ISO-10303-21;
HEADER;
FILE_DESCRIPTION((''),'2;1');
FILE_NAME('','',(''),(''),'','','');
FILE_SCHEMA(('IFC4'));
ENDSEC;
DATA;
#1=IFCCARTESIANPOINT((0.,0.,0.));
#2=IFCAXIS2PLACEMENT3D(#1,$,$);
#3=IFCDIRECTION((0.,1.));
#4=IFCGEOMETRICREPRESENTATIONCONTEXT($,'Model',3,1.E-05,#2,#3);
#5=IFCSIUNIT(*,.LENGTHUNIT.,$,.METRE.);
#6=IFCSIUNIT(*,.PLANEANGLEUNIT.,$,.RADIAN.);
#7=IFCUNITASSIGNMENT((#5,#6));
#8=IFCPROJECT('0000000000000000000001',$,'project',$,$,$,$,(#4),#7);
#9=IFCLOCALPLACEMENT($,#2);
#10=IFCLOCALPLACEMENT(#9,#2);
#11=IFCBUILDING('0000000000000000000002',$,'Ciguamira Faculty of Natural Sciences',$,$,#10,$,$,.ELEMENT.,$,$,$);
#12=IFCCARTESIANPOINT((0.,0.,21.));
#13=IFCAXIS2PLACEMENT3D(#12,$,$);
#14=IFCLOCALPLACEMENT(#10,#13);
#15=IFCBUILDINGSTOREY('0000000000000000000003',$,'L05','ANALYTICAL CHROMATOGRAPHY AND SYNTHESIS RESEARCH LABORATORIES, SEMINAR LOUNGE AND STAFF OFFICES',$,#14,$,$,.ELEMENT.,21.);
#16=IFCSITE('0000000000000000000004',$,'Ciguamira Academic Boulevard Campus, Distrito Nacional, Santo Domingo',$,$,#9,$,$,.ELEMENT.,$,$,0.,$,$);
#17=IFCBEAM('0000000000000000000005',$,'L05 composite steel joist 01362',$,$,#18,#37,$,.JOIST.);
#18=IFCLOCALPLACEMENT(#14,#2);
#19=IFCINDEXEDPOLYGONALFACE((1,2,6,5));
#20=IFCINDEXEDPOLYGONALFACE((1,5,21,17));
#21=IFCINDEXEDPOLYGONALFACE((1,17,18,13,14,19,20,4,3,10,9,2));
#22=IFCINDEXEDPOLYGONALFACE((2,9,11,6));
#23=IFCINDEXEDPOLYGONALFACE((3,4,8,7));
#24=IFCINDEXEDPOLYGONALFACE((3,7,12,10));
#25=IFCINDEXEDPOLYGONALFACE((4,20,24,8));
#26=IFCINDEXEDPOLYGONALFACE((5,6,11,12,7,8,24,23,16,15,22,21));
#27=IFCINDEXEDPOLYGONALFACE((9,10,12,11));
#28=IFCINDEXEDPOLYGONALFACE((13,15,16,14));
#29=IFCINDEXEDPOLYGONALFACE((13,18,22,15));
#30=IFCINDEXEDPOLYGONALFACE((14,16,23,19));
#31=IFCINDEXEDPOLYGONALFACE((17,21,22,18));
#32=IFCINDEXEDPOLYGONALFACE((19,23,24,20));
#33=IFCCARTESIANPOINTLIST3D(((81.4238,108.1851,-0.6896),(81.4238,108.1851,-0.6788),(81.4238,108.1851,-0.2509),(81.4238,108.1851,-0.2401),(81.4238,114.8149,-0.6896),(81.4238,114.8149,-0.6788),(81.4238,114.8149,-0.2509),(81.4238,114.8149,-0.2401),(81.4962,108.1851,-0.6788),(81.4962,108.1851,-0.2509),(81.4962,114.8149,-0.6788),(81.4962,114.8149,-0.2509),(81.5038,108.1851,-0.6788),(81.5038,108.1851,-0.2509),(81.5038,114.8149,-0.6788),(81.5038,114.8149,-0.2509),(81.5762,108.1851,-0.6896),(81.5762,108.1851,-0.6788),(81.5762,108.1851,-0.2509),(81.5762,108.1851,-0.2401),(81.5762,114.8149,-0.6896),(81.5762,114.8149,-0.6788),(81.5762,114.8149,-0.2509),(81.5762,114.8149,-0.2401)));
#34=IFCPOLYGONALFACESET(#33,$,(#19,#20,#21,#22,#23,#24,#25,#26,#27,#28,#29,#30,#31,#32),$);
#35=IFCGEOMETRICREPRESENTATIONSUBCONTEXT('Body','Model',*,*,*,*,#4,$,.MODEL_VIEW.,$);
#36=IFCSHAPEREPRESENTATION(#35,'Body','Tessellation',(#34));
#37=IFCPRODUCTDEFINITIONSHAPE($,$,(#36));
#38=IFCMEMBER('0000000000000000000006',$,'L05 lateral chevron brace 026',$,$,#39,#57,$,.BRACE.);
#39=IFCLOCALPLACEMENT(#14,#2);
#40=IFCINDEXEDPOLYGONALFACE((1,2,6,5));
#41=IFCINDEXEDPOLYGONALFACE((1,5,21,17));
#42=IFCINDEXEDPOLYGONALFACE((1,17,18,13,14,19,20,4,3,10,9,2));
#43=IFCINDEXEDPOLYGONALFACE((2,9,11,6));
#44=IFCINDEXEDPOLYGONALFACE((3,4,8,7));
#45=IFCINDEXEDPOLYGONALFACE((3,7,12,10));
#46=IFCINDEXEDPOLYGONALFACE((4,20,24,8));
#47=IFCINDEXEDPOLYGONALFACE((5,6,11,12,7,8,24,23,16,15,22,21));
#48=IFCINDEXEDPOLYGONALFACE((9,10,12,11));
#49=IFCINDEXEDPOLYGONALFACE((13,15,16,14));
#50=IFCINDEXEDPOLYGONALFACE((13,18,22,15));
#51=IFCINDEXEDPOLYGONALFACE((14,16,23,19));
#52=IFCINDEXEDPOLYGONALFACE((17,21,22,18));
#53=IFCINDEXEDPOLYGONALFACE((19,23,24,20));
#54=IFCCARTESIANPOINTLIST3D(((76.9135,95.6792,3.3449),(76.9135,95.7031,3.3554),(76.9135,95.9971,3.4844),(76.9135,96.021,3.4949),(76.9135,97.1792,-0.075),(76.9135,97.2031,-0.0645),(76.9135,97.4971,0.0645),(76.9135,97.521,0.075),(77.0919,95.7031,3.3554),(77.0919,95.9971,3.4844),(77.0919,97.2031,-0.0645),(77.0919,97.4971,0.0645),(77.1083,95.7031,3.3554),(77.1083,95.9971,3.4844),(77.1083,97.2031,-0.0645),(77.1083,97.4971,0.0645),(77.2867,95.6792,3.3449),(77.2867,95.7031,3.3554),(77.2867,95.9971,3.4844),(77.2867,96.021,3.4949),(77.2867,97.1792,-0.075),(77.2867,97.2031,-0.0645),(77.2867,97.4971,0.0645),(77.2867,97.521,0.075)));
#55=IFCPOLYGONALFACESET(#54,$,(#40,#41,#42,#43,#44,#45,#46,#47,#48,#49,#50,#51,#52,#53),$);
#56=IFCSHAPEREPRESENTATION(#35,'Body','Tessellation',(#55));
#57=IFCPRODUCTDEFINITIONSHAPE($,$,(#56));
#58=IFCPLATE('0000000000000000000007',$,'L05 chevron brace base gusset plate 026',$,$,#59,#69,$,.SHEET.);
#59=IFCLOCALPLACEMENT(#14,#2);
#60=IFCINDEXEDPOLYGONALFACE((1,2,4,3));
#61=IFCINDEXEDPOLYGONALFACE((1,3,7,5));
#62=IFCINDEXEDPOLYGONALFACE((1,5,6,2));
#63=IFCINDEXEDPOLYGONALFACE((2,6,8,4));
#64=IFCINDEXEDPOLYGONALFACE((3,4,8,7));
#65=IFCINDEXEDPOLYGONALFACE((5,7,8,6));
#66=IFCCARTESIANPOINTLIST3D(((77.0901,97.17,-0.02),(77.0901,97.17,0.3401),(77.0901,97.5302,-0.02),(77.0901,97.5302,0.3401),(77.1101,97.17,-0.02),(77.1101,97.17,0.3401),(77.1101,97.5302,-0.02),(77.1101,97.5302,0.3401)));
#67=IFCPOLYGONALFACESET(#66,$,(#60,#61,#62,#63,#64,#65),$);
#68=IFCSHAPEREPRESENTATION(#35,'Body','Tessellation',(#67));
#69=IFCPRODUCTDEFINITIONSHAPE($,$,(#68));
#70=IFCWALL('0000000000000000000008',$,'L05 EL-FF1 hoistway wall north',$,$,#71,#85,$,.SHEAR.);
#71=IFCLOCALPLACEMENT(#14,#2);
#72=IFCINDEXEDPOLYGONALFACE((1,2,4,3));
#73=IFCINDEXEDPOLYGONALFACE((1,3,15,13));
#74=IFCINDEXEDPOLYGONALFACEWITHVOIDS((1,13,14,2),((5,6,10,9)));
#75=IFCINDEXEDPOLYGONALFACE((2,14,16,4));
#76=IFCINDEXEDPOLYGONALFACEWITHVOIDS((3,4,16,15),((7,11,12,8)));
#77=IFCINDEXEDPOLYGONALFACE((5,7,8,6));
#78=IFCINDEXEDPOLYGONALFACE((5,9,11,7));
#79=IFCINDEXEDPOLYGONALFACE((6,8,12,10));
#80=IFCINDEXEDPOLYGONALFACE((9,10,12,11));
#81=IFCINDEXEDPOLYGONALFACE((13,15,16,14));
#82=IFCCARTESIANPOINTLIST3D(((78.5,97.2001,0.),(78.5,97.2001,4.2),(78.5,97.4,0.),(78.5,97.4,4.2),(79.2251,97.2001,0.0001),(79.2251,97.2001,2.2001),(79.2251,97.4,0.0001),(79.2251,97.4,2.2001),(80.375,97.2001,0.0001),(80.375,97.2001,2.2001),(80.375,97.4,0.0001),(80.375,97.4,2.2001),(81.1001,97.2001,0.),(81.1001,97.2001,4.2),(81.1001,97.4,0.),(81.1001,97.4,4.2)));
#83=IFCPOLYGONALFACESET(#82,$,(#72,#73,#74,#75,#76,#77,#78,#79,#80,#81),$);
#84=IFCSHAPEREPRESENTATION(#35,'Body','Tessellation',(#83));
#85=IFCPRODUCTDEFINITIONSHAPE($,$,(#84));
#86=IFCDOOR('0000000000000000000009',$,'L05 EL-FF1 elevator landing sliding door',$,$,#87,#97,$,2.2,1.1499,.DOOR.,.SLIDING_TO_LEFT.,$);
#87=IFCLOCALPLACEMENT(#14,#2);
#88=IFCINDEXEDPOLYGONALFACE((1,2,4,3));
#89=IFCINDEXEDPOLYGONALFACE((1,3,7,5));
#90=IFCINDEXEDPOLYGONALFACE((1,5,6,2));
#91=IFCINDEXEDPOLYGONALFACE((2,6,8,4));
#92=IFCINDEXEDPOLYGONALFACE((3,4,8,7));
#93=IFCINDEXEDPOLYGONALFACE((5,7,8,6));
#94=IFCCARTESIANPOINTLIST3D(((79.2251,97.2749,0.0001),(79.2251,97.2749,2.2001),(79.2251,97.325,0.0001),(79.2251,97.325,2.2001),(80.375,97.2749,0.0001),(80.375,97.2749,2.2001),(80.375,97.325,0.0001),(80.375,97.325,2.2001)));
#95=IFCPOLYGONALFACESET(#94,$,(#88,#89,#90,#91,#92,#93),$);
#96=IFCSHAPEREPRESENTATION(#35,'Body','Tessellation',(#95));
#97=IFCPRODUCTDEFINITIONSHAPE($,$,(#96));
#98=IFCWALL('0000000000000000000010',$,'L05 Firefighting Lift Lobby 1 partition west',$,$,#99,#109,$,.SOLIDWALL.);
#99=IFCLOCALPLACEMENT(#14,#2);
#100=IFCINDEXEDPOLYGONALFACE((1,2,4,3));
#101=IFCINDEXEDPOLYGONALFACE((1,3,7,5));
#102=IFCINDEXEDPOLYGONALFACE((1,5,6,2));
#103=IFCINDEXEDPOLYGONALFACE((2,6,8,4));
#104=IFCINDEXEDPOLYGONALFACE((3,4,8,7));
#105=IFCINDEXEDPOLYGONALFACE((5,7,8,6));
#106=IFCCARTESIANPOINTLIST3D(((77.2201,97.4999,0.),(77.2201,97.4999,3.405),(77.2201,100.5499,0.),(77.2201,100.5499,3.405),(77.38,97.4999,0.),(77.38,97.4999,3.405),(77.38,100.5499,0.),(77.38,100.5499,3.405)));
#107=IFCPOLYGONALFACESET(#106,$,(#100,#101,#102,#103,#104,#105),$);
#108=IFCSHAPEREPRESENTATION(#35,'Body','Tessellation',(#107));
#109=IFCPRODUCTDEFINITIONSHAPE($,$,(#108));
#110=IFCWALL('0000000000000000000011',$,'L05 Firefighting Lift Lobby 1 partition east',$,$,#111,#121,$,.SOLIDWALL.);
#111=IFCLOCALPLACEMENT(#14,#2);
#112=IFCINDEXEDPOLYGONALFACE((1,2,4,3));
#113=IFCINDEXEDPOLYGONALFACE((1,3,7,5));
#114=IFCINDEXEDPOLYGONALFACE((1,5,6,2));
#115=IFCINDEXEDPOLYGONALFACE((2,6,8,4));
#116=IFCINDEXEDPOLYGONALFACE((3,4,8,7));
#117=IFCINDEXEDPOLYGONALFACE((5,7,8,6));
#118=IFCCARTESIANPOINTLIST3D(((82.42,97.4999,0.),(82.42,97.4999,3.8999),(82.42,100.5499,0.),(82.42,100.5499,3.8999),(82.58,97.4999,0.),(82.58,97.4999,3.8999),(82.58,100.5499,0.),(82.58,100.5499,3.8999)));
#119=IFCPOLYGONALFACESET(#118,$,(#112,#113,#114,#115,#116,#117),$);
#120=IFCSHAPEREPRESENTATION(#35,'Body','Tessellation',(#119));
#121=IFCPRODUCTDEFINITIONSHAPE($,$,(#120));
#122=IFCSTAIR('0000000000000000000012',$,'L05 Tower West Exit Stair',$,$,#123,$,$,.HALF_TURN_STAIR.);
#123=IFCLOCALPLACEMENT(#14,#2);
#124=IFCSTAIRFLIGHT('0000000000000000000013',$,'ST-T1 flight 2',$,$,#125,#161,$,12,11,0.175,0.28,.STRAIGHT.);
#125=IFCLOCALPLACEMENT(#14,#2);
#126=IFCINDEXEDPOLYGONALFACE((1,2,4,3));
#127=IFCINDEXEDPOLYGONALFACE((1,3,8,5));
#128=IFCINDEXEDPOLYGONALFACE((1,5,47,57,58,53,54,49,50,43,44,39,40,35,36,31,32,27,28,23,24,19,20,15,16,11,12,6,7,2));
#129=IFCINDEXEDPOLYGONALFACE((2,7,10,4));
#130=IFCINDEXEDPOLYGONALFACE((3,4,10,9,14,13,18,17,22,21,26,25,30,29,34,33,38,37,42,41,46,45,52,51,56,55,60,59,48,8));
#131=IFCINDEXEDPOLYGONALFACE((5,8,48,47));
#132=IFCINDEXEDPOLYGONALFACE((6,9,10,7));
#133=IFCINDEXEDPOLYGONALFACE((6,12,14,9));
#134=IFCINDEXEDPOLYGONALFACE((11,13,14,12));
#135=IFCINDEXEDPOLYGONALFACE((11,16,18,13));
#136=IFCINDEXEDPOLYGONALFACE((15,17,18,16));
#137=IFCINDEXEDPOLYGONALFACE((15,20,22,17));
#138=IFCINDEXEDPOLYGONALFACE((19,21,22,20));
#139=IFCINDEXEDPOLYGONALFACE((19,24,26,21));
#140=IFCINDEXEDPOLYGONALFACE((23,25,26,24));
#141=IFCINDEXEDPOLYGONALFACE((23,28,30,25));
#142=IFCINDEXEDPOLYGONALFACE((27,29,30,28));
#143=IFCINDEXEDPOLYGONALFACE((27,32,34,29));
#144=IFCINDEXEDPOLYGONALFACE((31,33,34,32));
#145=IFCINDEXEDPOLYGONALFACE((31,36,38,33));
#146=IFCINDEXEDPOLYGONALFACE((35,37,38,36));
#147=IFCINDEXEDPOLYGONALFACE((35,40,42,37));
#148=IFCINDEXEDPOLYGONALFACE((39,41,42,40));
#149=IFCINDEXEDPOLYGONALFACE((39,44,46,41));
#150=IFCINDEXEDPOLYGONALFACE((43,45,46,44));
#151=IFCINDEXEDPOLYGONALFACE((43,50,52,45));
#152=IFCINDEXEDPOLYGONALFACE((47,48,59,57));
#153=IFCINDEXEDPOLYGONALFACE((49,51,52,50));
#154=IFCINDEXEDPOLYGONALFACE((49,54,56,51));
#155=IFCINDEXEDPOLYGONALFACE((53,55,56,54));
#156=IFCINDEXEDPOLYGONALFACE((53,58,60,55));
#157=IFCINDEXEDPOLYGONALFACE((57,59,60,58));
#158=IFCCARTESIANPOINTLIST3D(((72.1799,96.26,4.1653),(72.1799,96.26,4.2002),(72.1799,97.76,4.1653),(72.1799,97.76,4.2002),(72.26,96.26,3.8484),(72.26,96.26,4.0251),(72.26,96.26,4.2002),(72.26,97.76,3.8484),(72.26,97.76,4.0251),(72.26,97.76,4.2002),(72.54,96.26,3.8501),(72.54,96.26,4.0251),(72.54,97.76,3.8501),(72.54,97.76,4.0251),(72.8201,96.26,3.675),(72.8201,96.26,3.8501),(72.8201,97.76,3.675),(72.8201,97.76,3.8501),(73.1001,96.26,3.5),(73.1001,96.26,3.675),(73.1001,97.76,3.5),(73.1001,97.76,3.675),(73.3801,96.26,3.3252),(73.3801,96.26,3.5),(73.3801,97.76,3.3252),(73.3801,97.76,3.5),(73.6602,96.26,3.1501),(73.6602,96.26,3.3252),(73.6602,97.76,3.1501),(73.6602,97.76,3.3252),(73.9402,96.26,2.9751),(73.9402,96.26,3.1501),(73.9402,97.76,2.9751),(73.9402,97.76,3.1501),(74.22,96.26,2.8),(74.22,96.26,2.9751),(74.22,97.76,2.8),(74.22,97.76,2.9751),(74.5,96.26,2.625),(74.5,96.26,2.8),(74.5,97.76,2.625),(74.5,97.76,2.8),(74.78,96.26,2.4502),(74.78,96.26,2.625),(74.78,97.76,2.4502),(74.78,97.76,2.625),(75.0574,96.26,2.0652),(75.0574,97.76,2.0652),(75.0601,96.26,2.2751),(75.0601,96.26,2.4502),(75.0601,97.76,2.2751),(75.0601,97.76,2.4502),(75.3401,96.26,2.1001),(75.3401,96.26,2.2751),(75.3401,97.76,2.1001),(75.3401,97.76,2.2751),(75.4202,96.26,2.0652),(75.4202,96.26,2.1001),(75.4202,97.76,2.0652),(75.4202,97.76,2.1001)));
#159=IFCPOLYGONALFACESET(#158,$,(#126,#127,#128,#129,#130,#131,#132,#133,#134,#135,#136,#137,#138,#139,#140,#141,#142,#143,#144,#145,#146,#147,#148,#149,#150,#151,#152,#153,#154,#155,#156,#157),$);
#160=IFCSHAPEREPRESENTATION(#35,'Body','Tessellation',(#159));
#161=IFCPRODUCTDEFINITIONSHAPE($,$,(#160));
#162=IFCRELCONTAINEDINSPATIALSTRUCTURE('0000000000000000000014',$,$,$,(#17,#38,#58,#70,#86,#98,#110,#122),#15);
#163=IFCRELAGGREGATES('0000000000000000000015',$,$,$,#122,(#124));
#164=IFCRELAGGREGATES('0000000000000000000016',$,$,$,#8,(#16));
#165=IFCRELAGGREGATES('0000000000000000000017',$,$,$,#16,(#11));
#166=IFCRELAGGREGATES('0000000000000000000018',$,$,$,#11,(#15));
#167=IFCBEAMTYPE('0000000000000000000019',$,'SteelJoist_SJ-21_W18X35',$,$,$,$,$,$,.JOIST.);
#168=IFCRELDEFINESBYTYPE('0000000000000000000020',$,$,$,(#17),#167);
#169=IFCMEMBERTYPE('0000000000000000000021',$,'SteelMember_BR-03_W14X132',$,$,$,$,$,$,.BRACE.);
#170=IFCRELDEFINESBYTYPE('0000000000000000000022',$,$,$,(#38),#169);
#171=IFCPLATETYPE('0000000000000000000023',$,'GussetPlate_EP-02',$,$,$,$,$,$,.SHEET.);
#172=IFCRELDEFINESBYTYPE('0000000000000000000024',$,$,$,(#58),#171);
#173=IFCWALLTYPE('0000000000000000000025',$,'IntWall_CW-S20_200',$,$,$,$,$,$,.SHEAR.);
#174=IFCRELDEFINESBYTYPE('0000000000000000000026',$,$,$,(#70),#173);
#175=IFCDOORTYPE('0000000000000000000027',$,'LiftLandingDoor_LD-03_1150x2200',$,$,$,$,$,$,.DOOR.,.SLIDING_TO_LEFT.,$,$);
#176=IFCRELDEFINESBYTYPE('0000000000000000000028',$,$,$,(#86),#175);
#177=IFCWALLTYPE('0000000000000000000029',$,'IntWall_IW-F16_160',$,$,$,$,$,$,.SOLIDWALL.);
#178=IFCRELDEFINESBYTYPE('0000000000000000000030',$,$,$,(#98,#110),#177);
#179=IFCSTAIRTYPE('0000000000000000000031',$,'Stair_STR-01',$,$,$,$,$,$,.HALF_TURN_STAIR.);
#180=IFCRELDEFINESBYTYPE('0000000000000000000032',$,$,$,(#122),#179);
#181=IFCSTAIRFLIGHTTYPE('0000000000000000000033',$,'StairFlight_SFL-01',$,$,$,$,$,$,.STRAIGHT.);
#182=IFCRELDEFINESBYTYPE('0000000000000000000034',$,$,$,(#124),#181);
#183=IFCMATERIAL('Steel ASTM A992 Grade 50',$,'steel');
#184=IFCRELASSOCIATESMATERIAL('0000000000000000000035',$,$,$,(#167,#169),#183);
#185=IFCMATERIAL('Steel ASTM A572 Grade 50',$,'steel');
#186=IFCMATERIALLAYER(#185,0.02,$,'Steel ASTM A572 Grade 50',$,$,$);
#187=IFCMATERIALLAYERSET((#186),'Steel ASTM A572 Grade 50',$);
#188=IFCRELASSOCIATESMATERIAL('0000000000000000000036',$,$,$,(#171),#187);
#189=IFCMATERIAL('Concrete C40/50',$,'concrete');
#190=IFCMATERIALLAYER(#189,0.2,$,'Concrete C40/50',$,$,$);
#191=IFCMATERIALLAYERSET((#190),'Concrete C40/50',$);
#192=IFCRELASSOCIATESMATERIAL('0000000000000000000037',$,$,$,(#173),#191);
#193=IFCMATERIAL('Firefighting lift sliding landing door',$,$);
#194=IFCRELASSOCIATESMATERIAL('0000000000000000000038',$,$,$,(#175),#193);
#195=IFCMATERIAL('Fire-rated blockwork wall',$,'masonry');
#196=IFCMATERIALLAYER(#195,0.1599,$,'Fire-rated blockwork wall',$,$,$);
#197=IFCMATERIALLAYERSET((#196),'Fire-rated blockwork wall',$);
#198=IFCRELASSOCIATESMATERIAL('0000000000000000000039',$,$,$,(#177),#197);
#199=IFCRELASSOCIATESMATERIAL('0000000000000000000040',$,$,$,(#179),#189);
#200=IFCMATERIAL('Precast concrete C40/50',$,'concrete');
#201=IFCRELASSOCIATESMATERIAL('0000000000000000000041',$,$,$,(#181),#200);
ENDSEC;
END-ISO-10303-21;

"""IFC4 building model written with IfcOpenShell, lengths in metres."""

from ifc_helpers import new_model, si_unit, direction, frame, frame_2d, origin, origin_2d, place, context, subcontext, project, spatial, polyline, rectangle, i_section, outline, extrude, material, layer, layer_set, material_profile, profile_set, type_object, element, fill, aggregate, save


model = new_model("IFC4")

# Units and contexts
model_context = context("Model", 3, precision=1e-05, world=origin(), true_north=direction((0.0, 1.0)))
body_context = subcontext(model_context, "Body", "Model", "MODEL_VIEW")
ifc_project = project(units=[si_unit("LENGTHUNIT", "METRE"), si_unit("PLANEANGLEUNIT", "RADIAN")], contexts=[model_context])

# Site, building, storey
site_placement = place(None, origin())
site = spatial("IfcSite", under=ifc_project, at=site_placement, Name="Ciguamira Academic Boulevard Campus, Distrito Nacional, Santo Domingo", CompositionType="ELEMENT", RefElevation=0.0)
building_placement = place(site_placement, origin())
building = spatial("IfcBuilding", under=site, at=building_placement, Name="Ciguamira Faculty of Natural Sciences", CompositionType="ELEMENT")
storey_placement = place(building_placement, frame((0.0, 0.0, 21.0)))
storey = spatial("IfcBuildingStorey", under=building, at=storey_placement, Name="L05", Description="ANALYTICAL CHROMATOGRAPHY AND SYNTHESIS RESEARCH LABORATORIES, SEMINAR LOUNGE AND STAFF OFFICES", CompositionType="ELEMENT", Elevation=21.0)

# Shared definitions
ifc_material_1 = material(Name="Concrete C40/50", Category="concrete")

# Beam
ifc_material_2 = material(Name="Steel ASTM A992 Grade 50", Category="steel")
ifc_material_profile_1 = material_profile(ifc_material_2, i_section(OverallWidth=0.1523, OverallDepth=0.4495, WebThickness=0.0076, FlangeThickness=0.0107, at=origin_2d()), Name="W18X35")
ifc_profile_set_1 = profile_set([ifc_material_profile_1], Name="Steel ASTM A992 Grade 50")
beam_type_1 = type_object("IfcBeamType", Name="SteelJoist_SJ-21_W18X35", PredefinedType="JOIST", material=ifc_profile_set_1)
beam_1_placement = place(storey_placement, frame((81.5, 108.1851, -0.4648), z_axis=(0.0, 1.0, 0.0), x_axis=(-1.0, 0.0, 0.0)))
element("IfcBeam", 1, at=beam_1_placement, inside=storey, type_object=beam_type_1, Name="L05 composite steel joist 01362", PredefinedType="JOIST", context=body_context, shape_type="SweptSolid", body=[
    extrude(i_section(OverallWidth=0.1523, OverallDepth=0.4495, WebThickness=0.0076, FlangeThickness=0.0107, at=origin_2d()), origin(), (0.0, 0.0, 1.0), 6.6299),
])

# Member
ifc_material_profile_2 = material_profile(ifc_material_2, i_section(OverallWidth=0.3733, OverallDepth=0.3733, WebThickness=0.0164, FlangeThickness=0.0261, at=origin_2d()), Name="W14X132")
ifc_profile_set_2 = profile_set([ifc_material_profile_2], Name="Steel ASTM A992 Grade 50")
member_type = type_object("IfcMemberType", Name="SteelMember_BR-03_W14X132", PredefinedType="BRACE", material=ifc_profile_set_2)
member_placement = place(storey_placement, frame((77.1001, 97.3501, 0.0), z_axis=(0.0, -0.401669, 0.915785), x_axis=(1.0, 0.0, 0.0)))
element("IfcMember", 2, at=member_placement, inside=storey, type_object=member_type, Name="L05 lateral chevron brace 026", PredefinedType="BRACE", context=body_context, shape_type="SweptSolid", body=[
    extrude(i_section(OverallWidth=0.3733, OverallDepth=0.3733, WebThickness=0.0164, FlangeThickness=0.0261, at=origin_2d()), origin(), (0.0, 0.0, 1.0), 3.7344),
])

# Plate
ifc_material_3 = material(Name="Steel ASTM A572 Grade 50", Category="steel")
ifc_layer_1 = layer(ifc_material_3, 0.02, Name="Steel ASTM A572 Grade 50")
ifc_layer_set_1 = layer_set([ifc_layer_1], Name="Steel ASTM A572 Grade 50")
plate_type = type_object("IfcPlateType", Name="GussetPlate_EP-02", PredefinedType="SHEET", material=ifc_layer_set_1)
plate_placement = place(storey_placement, frame((77.1001, 97.3501, -0.02), z_axis=(0.0, 0.0, 1.0), x_axis=(1.0, 0.0, 0.0)))
element("IfcPlate", 3, at=plate_placement, inside=storey, type_object=plate_type, Name="L05 chevron brace base gusset plate 026", PredefinedType="SHEET", context=body_context, shape_type="SweptSolid", body=[
    extrude(rectangle(XDim=0.02, YDim=0.3601, at=origin_2d()), origin(), (0.0, 0.0, 1.0), 0.3601),
])

# Wall, opening, door
ifc_layer_2 = layer(ifc_material_1, 0.2, Name="Concrete C40/50")
ifc_layer_set_2 = layer_set([ifc_layer_2], Name="Concrete C40/50")
wall_type_1 = type_object("IfcWallType", Name="IntWall_CW-S20_200", PredefinedType="SHEAR", material=ifc_layer_set_2)
wall_1_placement = place(storey_placement, frame((78.5, 97.3, 0.0), z_axis=(0.0, 0.0, 1.0), x_axis=(1.0, 0.0, 0.0)))
wall_1 = element("IfcWall", 4, at=wall_1_placement, inside=storey, type_object=wall_type_1, Name="L05 EL-FF1 hoistway wall north", PredefinedType="SHEAR", context=body_context, shape_type="SweptSolid", body=[
    extrude(rectangle(XDim=2.6001, YDim=0.2, at=frame_2d((1.3, 0.0))), origin(), (0.0, 0.0, 1.0), 4.2),
])
opening_1_placement = place(wall_1_placement, frame((0.7251, 0.0, 0.0)))
opening_1 = element("IfcOpeningElement", 5, at=opening_1_placement, cuts=wall_1, PredefinedType="OPENING", context=body_context, shape_type="SweptSolid", body=[
    extrude(rectangle(XDim=1.1499, YDim=2.2, at=frame_2d((0.575, 1.1001))), frame((0.0, 0.1099, 0.0), z_axis=(0.0, -1.0, 0.0), x_axis=(1.0, 0.0, 0.0)), (0.0, 0.0, 1.0), 0.22),
])
ifc_material_4 = material(Name="Firefighting lift sliding landing door")
door_type_1 = type_object("IfcDoorType", Name="LiftLandingDoor_LD-03_1150x2200", OperationType="SLIDING_TO_LEFT", PredefinedType="DOOR", material=ifc_material_4)
door_1_placement = place(opening_1_placement, origin())
door_1 = element("IfcDoor", 6, at=door_1_placement, inside=storey, type_object=door_type_1, Name="L05 EL-FF1 elevator landing sliding door", OperationType="SLIDING_TO_LEFT", OverallHeight=2.2, OverallWidth=1.1499, PredefinedType="DOOR", context=body_context, shape_type="SweptSolid", body=[
    extrude(rectangle(XDim=1.1499, YDim=2.2, at=frame_2d((0.575, 1.1001))), frame((0.0, 0.0249, 0.0), z_axis=(0.0, -1.0, 0.0), x_axis=(1.0, 0.0, 0.0)), (0.0, 0.0, 1.0), 0.05),
])
fill(opening_1, door_1)
ifc_material_5 = material(Name="Fire-rated blockwork wall", Category="masonry")
ifc_layer_3 = layer(ifc_material_5, 0.1599, Name="Fire-rated blockwork wall")
ifc_layer_set_3 = layer_set([ifc_layer_3], Name="Fire-rated blockwork wall")
wall_type_2 = type_object("IfcWallType", Name="IntWall_IW-F16_160", PredefinedType="SOLIDWALL", material=ifc_layer_set_3)

# Walls
wall_2_placement = place(storey_placement, frame((77.3, 97.5, 0.0), z_axis=(0.0, 0.0, 1.0), x_axis=(0.0, 1.0, 0.0)))
element("IfcWall", 7, at=wall_2_placement, inside=storey, type_object=wall_type_2, Name="L05 Firefighting Lift Lobby 1 partition west", PredefinedType="SOLIDWALL", context=body_context, shape_type="SweptSolid", body=[
    extrude(rectangle(XDim=3.05, YDim=0.1599, at=frame_2d((1.5249, 0.0))), origin(), (0.0, 0.0, 1.0), 3.405),
])
wall_3_placement = place(storey_placement, frame((82.5, 97.5, 0.0), z_axis=(0.0, 0.0, 1.0), x_axis=(0.0, 1.0, 0.0)))
element("IfcWall", 8, at=wall_3_placement, inside=storey, type_object=wall_type_2, Name="L05 Firefighting Lift Lobby 1 partition east", PredefinedType="SOLIDWALL", context=body_context, shape_type="SweptSolid", body=[
    extrude(rectangle(XDim=3.05, YDim=0.1599, at=frame_2d((1.5249, 0.0))), origin(), (0.0, 0.0, 1.0), 3.8999),
])

# Stair, stair flight
stair_type = type_object("IfcStairType", Name="Stair_STR-01", PredefinedType="HALF_TURN_STAIR", material=ifc_material_1)
stair_placement = place(storey_placement, origin())
stair = element("IfcStair", 9, at=stair_placement, inside=storey, type_object=stair_type, Name="L05 Tower West Exit Stair", PredefinedType="HALF_TURN_STAIR")
ifc_material_6 = material(Name="Precast concrete C40/50", Category="concrete")
stair_flight_type = type_object("IfcStairFlightType", Name="StairFlight_SFL-01", PredefinedType="STRAIGHT", material=ifc_material_6)
stair_flight_placement = place(storey_placement, frame((75.3401, 97.01, 2.1001), z_axis=(0.0, 0.0, 1.0), x_axis=(-1.0, 0.0, 0.0)))
stair_flight = element("IfcStairFlight", 10, at=stair_flight_placement, type_object=stair_flight_type, Name="ST-T1 flight 2", NumberOfRisers=12, NumberOfTreads=11, PredefinedType="STRAIGHT", RiserHeight=0.175, TreadLength=0.28, context=body_context, shape_type="SweptSolid", body=[
    extrude(outline(polyline([(-0.0801, -0.0349), (-0.0801, 0.0), (0.0, 0.0), (0.0, 0.175), (0.28, 0.175), (0.28, 0.3501), (0.5601, 0.3501), (0.5601, 0.5249), (0.8401, 0.5249), (0.8401, 0.7), (1.1201, 0.7), (1.1201, 0.875), (1.3999, 0.875), (1.3999, 1.05), (1.6799, 1.05), (1.6799, 1.2251), (1.96, 1.2251), (1.96, 1.3999), (2.24, 1.3999), (2.24, 1.575), (2.52, 1.575), (2.52, 1.75), (2.8, 1.75), (2.8, 1.925), (3.0801, 1.925), (3.0801, 2.1001), (3.1602, 2.1001), (3.1602, 2.0652), (3.0801, 1.7483), (0.2827, -0.0349), (-0.0801, -0.0349)])), frame((0.0, 0.75, 0.0), z_axis=(0.0, -1.0, 0.0), x_axis=(1.0, 0.0, 0.0)), (0.0, 0.0, 1.0), 1.5),
])
aggregate(stair, [stair_flight])

save(model, "model.ifc")
